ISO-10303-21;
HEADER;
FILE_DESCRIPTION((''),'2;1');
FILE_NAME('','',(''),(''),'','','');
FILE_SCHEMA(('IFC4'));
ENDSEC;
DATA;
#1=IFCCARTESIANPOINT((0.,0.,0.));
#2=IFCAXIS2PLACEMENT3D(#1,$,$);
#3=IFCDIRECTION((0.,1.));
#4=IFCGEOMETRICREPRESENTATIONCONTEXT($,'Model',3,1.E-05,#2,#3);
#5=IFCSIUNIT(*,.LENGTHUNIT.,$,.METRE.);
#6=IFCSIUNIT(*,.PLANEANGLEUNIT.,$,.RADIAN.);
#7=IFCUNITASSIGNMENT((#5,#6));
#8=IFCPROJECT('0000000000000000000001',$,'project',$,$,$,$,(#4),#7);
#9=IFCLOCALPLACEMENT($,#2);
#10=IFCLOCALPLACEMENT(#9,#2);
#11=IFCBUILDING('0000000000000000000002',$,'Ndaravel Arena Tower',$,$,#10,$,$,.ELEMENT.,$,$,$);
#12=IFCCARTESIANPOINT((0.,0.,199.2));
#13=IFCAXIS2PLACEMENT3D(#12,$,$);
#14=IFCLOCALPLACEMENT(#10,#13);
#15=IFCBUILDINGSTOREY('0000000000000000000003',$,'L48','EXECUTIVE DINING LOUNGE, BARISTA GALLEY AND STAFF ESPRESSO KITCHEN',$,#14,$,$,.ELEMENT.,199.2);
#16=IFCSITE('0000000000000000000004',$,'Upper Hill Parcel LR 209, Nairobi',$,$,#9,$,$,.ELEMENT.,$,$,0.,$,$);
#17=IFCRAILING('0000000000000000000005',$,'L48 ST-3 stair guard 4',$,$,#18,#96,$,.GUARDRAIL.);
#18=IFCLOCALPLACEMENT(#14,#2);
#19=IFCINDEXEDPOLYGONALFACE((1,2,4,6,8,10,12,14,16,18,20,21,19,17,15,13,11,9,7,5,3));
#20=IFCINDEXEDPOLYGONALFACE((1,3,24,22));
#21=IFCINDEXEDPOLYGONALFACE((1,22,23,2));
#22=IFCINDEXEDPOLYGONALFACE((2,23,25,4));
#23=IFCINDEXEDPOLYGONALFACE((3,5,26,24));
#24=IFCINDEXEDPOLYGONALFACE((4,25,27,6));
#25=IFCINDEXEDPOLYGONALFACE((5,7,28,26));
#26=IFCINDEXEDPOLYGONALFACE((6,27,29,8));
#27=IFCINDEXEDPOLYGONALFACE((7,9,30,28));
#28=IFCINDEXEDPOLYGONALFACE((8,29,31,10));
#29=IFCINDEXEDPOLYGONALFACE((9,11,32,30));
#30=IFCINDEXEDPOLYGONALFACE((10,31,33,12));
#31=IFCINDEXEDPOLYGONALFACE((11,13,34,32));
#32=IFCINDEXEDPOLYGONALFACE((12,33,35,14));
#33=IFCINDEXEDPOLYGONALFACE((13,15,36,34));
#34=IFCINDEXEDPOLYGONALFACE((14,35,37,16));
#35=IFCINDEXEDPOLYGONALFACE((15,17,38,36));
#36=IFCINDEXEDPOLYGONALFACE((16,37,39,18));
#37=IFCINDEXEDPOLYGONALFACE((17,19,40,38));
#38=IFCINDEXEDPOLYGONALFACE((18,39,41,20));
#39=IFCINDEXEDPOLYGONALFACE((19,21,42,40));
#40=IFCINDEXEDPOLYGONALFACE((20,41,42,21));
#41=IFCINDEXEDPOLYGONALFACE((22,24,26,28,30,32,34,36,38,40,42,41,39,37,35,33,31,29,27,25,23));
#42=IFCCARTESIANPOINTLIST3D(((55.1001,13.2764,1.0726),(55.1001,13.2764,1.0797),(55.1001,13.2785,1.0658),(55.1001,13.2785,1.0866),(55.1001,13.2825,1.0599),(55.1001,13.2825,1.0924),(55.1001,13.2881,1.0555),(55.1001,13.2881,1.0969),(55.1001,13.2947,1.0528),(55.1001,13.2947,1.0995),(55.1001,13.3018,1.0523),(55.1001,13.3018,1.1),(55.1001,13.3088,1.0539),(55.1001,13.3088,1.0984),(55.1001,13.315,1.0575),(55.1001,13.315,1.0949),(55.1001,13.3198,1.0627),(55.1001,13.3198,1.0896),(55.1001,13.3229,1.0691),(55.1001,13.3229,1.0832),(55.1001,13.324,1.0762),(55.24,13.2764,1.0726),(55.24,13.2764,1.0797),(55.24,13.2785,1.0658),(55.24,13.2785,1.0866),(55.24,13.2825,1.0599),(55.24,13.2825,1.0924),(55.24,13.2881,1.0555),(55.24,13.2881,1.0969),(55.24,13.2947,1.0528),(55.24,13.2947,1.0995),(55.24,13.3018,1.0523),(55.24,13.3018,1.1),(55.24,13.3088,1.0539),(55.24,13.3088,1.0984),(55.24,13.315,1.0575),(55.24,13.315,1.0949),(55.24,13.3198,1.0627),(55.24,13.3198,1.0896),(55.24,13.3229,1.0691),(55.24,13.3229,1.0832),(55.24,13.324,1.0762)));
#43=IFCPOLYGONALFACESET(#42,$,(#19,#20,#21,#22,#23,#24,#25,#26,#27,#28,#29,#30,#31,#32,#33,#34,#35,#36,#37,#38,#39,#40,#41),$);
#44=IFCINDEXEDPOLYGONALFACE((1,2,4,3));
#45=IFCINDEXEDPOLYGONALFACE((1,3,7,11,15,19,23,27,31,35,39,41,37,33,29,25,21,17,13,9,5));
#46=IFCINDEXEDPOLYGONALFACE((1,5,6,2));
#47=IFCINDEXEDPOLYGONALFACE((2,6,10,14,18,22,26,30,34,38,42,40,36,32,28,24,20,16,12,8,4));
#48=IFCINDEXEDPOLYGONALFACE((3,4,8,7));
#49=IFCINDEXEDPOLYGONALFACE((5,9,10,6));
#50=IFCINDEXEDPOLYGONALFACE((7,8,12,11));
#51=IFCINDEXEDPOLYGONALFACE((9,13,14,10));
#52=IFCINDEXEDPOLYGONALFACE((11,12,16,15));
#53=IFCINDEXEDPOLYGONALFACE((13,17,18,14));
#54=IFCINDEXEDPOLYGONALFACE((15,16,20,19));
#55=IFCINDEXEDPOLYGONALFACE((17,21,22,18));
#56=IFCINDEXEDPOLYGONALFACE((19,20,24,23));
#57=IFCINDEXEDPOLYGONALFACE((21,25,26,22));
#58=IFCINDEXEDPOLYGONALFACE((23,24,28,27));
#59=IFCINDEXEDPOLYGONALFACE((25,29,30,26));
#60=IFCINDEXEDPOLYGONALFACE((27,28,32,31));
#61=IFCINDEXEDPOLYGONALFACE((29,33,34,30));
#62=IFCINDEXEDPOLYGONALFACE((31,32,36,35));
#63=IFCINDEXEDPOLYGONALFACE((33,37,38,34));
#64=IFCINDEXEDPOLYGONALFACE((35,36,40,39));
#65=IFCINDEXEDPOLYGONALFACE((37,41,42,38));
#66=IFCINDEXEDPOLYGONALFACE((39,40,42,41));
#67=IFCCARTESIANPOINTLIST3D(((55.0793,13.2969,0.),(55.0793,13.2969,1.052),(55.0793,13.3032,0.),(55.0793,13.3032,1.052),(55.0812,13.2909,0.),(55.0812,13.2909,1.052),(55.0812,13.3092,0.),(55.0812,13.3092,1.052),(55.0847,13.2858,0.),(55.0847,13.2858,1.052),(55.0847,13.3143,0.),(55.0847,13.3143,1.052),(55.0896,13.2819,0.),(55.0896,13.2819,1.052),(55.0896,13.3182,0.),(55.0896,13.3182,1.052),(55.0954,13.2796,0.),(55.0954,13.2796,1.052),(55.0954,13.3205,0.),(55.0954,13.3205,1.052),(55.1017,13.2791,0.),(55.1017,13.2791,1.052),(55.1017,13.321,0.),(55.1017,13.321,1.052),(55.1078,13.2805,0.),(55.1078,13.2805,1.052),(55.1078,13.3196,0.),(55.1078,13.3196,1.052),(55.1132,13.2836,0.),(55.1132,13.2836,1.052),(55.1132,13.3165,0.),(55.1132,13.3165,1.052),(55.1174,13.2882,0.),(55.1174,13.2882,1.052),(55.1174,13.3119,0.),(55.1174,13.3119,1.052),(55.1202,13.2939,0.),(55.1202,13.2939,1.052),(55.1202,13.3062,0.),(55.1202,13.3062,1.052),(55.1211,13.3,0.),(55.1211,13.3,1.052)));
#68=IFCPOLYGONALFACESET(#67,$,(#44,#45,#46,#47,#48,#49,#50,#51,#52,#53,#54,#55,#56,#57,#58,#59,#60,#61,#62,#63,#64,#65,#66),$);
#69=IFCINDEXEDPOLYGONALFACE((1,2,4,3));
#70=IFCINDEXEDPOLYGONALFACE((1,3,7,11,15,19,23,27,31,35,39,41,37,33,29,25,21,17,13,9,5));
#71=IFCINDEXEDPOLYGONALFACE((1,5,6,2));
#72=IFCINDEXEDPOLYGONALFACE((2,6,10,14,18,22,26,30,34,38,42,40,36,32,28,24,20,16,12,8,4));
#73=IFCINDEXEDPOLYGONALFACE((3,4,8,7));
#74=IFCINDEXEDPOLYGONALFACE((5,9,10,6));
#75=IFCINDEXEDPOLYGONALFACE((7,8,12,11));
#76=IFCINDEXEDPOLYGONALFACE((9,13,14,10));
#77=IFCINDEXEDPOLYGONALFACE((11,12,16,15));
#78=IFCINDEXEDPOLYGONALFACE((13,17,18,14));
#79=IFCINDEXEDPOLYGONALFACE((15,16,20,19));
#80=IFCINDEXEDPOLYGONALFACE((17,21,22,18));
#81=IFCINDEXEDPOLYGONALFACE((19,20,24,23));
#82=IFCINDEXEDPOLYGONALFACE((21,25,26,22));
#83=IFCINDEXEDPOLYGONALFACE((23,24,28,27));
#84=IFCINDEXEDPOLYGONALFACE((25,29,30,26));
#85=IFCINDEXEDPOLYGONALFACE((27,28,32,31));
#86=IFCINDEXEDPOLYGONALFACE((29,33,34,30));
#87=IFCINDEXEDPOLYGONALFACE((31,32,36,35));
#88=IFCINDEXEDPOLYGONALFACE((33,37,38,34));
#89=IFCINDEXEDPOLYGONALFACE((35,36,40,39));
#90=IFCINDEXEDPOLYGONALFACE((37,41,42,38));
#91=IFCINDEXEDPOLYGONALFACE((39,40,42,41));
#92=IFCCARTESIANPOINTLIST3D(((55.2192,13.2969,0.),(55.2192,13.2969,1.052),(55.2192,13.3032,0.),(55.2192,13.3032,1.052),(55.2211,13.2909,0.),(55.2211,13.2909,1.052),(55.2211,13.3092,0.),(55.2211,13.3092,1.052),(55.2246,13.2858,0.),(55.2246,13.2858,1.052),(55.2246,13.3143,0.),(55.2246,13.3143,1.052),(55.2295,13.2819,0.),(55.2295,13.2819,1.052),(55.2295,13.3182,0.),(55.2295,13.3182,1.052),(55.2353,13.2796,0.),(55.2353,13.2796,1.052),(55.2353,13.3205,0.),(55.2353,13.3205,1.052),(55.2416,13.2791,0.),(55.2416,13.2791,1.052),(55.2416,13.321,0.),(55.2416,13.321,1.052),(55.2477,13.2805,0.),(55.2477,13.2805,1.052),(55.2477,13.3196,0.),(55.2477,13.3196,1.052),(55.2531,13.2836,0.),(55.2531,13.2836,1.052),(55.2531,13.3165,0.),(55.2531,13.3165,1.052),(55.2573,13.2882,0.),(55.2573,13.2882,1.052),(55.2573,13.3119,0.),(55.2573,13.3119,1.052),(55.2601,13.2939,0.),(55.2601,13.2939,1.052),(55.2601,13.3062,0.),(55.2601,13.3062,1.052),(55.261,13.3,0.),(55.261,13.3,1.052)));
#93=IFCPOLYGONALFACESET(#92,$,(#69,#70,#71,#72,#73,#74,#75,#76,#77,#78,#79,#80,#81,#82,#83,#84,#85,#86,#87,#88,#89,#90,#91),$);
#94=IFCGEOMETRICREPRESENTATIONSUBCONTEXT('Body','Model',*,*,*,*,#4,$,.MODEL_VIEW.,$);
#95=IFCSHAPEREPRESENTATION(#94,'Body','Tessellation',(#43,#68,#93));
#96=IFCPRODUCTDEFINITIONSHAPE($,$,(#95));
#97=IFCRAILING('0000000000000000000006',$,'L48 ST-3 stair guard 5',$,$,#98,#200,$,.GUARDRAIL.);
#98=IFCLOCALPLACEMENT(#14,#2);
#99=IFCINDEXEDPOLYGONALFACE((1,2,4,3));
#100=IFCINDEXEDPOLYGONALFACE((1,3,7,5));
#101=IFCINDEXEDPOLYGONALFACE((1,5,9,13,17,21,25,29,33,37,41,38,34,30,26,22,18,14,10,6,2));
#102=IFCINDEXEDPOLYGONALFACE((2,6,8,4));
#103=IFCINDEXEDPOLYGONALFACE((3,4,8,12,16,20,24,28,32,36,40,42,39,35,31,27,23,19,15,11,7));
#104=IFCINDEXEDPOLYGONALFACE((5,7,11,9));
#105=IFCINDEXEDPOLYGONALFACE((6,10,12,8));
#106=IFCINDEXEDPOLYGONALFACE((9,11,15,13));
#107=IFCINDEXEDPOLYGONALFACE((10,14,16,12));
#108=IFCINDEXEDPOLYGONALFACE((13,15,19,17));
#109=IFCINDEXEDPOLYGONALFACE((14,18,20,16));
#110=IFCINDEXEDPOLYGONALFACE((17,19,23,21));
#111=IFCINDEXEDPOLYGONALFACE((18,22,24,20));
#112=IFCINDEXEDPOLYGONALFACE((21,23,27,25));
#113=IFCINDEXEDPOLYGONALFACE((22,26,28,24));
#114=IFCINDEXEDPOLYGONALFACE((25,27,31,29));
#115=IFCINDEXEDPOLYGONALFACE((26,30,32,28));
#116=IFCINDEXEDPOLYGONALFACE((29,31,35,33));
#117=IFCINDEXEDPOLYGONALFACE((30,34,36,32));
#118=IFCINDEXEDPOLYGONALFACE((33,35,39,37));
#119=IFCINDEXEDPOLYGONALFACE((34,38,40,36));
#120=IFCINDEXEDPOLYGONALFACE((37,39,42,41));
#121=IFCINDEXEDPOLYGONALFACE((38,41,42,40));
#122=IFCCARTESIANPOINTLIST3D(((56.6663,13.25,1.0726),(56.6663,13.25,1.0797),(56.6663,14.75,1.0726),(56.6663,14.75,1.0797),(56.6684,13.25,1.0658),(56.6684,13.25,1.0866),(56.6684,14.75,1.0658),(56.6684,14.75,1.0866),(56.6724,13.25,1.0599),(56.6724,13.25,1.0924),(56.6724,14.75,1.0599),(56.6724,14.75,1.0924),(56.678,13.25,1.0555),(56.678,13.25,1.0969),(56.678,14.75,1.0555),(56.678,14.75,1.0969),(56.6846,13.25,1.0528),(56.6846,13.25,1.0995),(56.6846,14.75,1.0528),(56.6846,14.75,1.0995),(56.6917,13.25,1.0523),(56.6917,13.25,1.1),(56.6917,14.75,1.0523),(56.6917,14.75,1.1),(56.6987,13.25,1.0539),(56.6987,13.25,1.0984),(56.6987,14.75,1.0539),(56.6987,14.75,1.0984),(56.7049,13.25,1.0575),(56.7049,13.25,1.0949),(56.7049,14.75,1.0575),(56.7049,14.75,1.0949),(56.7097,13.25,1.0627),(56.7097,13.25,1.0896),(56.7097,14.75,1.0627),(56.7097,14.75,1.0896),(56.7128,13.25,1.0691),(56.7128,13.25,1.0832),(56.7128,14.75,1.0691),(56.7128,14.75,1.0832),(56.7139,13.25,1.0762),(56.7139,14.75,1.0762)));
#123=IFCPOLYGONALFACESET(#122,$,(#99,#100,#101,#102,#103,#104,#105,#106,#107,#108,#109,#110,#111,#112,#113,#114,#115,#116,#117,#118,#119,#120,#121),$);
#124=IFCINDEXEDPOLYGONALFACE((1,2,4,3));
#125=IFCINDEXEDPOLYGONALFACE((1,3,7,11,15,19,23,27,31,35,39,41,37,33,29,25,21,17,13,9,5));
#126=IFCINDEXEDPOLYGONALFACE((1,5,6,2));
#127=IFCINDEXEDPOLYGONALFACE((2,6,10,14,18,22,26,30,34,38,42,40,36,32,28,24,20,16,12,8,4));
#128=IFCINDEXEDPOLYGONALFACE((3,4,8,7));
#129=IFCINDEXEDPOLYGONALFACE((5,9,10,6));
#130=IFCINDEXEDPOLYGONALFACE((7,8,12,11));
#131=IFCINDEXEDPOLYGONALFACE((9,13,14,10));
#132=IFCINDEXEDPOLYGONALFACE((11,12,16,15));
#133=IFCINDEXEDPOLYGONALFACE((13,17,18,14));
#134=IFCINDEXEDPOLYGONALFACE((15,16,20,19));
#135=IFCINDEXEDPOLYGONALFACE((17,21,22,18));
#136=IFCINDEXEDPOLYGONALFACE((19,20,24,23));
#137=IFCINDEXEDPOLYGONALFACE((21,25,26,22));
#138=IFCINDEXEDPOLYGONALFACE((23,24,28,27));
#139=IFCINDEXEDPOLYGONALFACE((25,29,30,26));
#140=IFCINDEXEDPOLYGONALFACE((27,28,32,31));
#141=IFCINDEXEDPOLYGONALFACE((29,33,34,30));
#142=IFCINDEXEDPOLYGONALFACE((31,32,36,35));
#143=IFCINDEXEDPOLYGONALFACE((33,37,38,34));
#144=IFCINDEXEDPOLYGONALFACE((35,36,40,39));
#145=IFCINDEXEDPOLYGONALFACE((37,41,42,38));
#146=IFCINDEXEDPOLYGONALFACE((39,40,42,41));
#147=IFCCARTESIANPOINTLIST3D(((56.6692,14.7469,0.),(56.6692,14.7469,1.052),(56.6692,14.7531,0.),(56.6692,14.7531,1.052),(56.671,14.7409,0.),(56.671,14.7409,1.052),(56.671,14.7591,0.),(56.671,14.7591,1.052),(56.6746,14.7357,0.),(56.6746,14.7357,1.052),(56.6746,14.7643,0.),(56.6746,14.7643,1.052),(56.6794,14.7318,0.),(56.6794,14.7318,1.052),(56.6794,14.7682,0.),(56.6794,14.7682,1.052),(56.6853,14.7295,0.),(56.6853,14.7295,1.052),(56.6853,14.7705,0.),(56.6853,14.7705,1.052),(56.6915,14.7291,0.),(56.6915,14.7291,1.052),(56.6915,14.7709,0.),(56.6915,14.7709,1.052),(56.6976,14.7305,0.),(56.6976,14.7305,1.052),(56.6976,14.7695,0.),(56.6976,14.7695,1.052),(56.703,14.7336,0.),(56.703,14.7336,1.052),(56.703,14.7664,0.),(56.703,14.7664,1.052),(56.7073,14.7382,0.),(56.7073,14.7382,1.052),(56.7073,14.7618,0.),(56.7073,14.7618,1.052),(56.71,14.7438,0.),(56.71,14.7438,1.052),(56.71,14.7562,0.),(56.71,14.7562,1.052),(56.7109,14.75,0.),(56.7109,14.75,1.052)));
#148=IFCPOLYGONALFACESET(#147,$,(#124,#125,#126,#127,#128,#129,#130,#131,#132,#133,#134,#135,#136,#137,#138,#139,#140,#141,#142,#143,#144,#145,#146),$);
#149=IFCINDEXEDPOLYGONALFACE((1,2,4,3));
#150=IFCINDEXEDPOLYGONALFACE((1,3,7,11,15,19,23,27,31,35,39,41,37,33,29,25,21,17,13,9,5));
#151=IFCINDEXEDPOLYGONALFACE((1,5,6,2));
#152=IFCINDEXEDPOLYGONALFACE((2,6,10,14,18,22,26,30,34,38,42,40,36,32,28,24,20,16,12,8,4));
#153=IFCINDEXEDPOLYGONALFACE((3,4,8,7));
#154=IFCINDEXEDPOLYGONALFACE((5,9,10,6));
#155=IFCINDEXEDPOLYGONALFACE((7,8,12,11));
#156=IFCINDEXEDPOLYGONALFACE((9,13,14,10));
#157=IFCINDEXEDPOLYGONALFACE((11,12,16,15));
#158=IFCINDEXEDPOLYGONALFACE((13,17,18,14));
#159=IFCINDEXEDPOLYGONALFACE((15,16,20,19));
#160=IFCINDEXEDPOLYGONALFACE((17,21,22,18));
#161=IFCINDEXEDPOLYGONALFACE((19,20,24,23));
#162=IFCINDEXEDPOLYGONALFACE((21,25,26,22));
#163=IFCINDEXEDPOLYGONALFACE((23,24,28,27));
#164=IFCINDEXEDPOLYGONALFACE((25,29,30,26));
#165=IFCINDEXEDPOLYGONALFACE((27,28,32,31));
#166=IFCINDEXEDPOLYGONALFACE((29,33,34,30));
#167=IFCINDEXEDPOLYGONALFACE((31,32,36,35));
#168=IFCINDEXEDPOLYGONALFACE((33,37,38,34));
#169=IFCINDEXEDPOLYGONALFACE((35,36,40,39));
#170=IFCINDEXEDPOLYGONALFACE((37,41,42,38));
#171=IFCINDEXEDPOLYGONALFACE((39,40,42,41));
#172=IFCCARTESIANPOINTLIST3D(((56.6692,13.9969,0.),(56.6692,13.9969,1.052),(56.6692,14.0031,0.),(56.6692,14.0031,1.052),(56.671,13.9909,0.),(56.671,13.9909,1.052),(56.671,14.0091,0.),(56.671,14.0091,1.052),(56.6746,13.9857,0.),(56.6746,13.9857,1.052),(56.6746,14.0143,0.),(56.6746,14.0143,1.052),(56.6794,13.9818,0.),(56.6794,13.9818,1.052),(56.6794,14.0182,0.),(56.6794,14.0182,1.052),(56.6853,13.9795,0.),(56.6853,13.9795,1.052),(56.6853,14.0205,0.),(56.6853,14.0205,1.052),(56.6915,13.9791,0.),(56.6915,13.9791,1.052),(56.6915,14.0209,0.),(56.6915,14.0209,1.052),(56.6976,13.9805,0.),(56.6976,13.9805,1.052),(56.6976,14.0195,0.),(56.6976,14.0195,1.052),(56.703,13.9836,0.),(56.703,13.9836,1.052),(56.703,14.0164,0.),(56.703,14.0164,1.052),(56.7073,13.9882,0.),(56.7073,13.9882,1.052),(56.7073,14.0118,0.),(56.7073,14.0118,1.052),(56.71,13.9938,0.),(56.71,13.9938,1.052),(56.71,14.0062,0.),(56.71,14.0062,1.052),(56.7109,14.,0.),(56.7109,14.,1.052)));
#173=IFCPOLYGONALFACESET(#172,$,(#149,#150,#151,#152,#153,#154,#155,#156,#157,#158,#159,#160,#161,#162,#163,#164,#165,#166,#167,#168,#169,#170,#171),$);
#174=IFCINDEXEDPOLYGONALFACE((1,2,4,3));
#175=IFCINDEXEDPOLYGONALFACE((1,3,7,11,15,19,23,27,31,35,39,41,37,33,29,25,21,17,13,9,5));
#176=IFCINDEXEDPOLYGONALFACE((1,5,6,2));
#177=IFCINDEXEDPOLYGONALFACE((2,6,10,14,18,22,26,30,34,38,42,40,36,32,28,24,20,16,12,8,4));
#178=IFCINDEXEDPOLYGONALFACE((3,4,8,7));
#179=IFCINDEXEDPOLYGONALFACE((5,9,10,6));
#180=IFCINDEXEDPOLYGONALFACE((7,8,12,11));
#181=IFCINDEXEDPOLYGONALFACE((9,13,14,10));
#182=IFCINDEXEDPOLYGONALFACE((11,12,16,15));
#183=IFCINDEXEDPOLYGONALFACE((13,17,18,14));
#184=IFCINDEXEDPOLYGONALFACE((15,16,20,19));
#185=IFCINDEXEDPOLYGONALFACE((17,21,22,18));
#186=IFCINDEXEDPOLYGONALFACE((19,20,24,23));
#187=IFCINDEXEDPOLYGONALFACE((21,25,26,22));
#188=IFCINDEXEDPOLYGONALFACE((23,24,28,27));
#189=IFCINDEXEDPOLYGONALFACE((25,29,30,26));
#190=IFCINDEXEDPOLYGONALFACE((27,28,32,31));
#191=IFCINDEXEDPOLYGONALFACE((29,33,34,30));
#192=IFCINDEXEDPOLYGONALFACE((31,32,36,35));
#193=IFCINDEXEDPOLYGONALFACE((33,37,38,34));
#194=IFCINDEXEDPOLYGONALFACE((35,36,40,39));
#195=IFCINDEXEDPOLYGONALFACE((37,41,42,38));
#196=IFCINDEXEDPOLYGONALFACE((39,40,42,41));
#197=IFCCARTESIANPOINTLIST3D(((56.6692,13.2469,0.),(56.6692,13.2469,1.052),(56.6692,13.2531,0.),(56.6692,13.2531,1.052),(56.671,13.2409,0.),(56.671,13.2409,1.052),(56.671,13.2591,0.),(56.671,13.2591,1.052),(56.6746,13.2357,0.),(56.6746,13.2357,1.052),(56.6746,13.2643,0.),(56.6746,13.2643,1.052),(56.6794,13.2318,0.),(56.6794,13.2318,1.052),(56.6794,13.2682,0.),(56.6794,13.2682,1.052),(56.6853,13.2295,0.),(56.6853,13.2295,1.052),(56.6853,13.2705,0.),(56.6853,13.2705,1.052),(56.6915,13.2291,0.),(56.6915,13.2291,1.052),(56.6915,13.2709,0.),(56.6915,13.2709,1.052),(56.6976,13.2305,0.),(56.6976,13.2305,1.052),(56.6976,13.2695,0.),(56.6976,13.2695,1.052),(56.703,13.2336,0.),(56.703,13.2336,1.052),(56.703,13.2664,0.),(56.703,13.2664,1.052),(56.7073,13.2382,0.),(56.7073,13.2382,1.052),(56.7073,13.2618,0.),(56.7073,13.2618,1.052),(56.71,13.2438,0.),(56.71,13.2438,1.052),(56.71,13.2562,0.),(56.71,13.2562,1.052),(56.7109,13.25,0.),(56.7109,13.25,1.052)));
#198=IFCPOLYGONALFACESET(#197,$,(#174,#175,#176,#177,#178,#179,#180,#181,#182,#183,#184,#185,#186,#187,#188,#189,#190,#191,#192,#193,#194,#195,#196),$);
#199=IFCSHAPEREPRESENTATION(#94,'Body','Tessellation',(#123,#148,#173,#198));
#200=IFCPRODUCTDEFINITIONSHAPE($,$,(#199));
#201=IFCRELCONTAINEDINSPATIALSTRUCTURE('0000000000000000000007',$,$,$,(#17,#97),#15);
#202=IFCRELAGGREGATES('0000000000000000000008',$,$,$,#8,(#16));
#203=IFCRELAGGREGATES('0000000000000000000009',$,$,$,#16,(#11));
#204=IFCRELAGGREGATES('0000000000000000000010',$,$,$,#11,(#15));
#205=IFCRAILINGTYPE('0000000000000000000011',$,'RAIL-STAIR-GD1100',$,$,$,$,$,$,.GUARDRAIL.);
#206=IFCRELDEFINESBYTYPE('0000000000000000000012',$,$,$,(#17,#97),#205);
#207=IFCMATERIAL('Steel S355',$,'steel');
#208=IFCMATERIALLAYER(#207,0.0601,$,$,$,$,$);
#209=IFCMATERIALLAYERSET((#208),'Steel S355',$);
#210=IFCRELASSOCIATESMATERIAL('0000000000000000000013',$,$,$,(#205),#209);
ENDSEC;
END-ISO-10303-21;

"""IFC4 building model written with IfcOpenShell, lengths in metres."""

from ifc_helpers import new_model, si_unit, direction, frame, origin, origin_2d, place, context, subcontext, project, spatial, circle, extrude, material, layer, layer_set, type_object, element, save


model = new_model("IFC4")

# Units and contexts
model_context = context("Model", 3, precision=1e-05, world=origin(), true_north=direction((0.0, 1.0)))
body_context = subcontext(model_context, "Body", "Model", "MODEL_VIEW")
ifc_project = project(units=[si_unit("LENGTHUNIT", "METRE"), si_unit("PLANEANGLEUNIT", "RADIAN")], contexts=[model_context])

# Site, building, storey
site_placement = place(None, origin())
site = spatial("IfcSite", under=ifc_project, at=site_placement, Name="Upper Hill Parcel LR 209, Nairobi", CompositionType="ELEMENT", RefElevation=0.0)
building_placement = place(site_placement, origin())
building = spatial("IfcBuilding", under=site, at=building_placement, Name="Ndaravel Arena Tower", CompositionType="ELEMENT")
storey_placement = place(building_placement, frame((0.0, 0.0, 199.2)))
storey = spatial("IfcBuildingStorey", under=building, at=storey_placement, Name="L48", Description="EXECUTIVE DINING LOUNGE, BARISTA GALLEY AND STAFF ESPRESSO KITCHEN", CompositionType="ELEMENT", Elevation=199.2)

# Railings
ifc_material_1 = material(Name="Steel S355", Category="steel")
ifc_layer_1 = layer(ifc_material_1, 0.0601)
ifc_layer_set_1 = layer_set([ifc_layer_1], Name="Steel S355")
railing_type_1 = type_object("IfcRailingType", Name="RAIL-STAIR-GD1100", PredefinedType="GUARDRAIL", material=ifc_layer_set_1)
railing_1_placement = place(storey_placement, frame((55.1001, 13.3, 0.0)))
element("IfcRailing", 1, at=railing_1_placement, inside=storey, type_object=railing_type_1, Name="L48 ST-3 stair guard 4", PredefinedType="GUARDRAIL", context=body_context, shape_type="SweptSolid", body=[
    extrude(circle(Radius=0.0239, at=origin_2d()), frame((0.0, 0.0, 1.0762), z_axis=(1.0, 0.0, 0.0), x_axis=(0.0, 1.0, 0.0)), (0.0, 0.0, 1.0), 0.1399),
    extrude(circle(Radius=0.021, at=origin_2d()), origin(), (0.0, 0.0, 1.0), 1.052),
    extrude(circle(Radius=0.021, at=origin_2d()), frame((0.1399, 0.0, 0.0)), (0.0, 0.0, 1.0), 1.052),
])
railing_2_placement = place(storey_placement, frame((56.6899, 14.75, 0.0)))
element("IfcRailing", 2, at=railing_2_placement, inside=storey, type_object=railing_type_1, Name="L48 ST-3 stair guard 5", PredefinedType="GUARDRAIL", context=body_context, shape_type="SweptSolid", body=[
    extrude(circle(Radius=0.0239, at=origin_2d()), frame((0.0, 0.0, 1.0762), z_axis=(0.0, -1.0, 0.0), x_axis=(1.0, 0.0, 0.0)), (0.0, 0.0, 1.0), 1.5),
    extrude(circle(Radius=0.021, at=origin_2d()), origin(), (0.0, 0.0, 1.0), 1.052),
    extrude(circle(Radius=0.021, at=origin_2d()), frame((0.0, -0.75, 0.0)), (0.0, 0.0, 1.0), 1.052),
    extrude(circle(Radius=0.021, at=origin_2d()), frame((0.0, -1.5, 0.0)), (0.0, 0.0, 1.0), 1.052),
])

save(model, "model.ifc")
